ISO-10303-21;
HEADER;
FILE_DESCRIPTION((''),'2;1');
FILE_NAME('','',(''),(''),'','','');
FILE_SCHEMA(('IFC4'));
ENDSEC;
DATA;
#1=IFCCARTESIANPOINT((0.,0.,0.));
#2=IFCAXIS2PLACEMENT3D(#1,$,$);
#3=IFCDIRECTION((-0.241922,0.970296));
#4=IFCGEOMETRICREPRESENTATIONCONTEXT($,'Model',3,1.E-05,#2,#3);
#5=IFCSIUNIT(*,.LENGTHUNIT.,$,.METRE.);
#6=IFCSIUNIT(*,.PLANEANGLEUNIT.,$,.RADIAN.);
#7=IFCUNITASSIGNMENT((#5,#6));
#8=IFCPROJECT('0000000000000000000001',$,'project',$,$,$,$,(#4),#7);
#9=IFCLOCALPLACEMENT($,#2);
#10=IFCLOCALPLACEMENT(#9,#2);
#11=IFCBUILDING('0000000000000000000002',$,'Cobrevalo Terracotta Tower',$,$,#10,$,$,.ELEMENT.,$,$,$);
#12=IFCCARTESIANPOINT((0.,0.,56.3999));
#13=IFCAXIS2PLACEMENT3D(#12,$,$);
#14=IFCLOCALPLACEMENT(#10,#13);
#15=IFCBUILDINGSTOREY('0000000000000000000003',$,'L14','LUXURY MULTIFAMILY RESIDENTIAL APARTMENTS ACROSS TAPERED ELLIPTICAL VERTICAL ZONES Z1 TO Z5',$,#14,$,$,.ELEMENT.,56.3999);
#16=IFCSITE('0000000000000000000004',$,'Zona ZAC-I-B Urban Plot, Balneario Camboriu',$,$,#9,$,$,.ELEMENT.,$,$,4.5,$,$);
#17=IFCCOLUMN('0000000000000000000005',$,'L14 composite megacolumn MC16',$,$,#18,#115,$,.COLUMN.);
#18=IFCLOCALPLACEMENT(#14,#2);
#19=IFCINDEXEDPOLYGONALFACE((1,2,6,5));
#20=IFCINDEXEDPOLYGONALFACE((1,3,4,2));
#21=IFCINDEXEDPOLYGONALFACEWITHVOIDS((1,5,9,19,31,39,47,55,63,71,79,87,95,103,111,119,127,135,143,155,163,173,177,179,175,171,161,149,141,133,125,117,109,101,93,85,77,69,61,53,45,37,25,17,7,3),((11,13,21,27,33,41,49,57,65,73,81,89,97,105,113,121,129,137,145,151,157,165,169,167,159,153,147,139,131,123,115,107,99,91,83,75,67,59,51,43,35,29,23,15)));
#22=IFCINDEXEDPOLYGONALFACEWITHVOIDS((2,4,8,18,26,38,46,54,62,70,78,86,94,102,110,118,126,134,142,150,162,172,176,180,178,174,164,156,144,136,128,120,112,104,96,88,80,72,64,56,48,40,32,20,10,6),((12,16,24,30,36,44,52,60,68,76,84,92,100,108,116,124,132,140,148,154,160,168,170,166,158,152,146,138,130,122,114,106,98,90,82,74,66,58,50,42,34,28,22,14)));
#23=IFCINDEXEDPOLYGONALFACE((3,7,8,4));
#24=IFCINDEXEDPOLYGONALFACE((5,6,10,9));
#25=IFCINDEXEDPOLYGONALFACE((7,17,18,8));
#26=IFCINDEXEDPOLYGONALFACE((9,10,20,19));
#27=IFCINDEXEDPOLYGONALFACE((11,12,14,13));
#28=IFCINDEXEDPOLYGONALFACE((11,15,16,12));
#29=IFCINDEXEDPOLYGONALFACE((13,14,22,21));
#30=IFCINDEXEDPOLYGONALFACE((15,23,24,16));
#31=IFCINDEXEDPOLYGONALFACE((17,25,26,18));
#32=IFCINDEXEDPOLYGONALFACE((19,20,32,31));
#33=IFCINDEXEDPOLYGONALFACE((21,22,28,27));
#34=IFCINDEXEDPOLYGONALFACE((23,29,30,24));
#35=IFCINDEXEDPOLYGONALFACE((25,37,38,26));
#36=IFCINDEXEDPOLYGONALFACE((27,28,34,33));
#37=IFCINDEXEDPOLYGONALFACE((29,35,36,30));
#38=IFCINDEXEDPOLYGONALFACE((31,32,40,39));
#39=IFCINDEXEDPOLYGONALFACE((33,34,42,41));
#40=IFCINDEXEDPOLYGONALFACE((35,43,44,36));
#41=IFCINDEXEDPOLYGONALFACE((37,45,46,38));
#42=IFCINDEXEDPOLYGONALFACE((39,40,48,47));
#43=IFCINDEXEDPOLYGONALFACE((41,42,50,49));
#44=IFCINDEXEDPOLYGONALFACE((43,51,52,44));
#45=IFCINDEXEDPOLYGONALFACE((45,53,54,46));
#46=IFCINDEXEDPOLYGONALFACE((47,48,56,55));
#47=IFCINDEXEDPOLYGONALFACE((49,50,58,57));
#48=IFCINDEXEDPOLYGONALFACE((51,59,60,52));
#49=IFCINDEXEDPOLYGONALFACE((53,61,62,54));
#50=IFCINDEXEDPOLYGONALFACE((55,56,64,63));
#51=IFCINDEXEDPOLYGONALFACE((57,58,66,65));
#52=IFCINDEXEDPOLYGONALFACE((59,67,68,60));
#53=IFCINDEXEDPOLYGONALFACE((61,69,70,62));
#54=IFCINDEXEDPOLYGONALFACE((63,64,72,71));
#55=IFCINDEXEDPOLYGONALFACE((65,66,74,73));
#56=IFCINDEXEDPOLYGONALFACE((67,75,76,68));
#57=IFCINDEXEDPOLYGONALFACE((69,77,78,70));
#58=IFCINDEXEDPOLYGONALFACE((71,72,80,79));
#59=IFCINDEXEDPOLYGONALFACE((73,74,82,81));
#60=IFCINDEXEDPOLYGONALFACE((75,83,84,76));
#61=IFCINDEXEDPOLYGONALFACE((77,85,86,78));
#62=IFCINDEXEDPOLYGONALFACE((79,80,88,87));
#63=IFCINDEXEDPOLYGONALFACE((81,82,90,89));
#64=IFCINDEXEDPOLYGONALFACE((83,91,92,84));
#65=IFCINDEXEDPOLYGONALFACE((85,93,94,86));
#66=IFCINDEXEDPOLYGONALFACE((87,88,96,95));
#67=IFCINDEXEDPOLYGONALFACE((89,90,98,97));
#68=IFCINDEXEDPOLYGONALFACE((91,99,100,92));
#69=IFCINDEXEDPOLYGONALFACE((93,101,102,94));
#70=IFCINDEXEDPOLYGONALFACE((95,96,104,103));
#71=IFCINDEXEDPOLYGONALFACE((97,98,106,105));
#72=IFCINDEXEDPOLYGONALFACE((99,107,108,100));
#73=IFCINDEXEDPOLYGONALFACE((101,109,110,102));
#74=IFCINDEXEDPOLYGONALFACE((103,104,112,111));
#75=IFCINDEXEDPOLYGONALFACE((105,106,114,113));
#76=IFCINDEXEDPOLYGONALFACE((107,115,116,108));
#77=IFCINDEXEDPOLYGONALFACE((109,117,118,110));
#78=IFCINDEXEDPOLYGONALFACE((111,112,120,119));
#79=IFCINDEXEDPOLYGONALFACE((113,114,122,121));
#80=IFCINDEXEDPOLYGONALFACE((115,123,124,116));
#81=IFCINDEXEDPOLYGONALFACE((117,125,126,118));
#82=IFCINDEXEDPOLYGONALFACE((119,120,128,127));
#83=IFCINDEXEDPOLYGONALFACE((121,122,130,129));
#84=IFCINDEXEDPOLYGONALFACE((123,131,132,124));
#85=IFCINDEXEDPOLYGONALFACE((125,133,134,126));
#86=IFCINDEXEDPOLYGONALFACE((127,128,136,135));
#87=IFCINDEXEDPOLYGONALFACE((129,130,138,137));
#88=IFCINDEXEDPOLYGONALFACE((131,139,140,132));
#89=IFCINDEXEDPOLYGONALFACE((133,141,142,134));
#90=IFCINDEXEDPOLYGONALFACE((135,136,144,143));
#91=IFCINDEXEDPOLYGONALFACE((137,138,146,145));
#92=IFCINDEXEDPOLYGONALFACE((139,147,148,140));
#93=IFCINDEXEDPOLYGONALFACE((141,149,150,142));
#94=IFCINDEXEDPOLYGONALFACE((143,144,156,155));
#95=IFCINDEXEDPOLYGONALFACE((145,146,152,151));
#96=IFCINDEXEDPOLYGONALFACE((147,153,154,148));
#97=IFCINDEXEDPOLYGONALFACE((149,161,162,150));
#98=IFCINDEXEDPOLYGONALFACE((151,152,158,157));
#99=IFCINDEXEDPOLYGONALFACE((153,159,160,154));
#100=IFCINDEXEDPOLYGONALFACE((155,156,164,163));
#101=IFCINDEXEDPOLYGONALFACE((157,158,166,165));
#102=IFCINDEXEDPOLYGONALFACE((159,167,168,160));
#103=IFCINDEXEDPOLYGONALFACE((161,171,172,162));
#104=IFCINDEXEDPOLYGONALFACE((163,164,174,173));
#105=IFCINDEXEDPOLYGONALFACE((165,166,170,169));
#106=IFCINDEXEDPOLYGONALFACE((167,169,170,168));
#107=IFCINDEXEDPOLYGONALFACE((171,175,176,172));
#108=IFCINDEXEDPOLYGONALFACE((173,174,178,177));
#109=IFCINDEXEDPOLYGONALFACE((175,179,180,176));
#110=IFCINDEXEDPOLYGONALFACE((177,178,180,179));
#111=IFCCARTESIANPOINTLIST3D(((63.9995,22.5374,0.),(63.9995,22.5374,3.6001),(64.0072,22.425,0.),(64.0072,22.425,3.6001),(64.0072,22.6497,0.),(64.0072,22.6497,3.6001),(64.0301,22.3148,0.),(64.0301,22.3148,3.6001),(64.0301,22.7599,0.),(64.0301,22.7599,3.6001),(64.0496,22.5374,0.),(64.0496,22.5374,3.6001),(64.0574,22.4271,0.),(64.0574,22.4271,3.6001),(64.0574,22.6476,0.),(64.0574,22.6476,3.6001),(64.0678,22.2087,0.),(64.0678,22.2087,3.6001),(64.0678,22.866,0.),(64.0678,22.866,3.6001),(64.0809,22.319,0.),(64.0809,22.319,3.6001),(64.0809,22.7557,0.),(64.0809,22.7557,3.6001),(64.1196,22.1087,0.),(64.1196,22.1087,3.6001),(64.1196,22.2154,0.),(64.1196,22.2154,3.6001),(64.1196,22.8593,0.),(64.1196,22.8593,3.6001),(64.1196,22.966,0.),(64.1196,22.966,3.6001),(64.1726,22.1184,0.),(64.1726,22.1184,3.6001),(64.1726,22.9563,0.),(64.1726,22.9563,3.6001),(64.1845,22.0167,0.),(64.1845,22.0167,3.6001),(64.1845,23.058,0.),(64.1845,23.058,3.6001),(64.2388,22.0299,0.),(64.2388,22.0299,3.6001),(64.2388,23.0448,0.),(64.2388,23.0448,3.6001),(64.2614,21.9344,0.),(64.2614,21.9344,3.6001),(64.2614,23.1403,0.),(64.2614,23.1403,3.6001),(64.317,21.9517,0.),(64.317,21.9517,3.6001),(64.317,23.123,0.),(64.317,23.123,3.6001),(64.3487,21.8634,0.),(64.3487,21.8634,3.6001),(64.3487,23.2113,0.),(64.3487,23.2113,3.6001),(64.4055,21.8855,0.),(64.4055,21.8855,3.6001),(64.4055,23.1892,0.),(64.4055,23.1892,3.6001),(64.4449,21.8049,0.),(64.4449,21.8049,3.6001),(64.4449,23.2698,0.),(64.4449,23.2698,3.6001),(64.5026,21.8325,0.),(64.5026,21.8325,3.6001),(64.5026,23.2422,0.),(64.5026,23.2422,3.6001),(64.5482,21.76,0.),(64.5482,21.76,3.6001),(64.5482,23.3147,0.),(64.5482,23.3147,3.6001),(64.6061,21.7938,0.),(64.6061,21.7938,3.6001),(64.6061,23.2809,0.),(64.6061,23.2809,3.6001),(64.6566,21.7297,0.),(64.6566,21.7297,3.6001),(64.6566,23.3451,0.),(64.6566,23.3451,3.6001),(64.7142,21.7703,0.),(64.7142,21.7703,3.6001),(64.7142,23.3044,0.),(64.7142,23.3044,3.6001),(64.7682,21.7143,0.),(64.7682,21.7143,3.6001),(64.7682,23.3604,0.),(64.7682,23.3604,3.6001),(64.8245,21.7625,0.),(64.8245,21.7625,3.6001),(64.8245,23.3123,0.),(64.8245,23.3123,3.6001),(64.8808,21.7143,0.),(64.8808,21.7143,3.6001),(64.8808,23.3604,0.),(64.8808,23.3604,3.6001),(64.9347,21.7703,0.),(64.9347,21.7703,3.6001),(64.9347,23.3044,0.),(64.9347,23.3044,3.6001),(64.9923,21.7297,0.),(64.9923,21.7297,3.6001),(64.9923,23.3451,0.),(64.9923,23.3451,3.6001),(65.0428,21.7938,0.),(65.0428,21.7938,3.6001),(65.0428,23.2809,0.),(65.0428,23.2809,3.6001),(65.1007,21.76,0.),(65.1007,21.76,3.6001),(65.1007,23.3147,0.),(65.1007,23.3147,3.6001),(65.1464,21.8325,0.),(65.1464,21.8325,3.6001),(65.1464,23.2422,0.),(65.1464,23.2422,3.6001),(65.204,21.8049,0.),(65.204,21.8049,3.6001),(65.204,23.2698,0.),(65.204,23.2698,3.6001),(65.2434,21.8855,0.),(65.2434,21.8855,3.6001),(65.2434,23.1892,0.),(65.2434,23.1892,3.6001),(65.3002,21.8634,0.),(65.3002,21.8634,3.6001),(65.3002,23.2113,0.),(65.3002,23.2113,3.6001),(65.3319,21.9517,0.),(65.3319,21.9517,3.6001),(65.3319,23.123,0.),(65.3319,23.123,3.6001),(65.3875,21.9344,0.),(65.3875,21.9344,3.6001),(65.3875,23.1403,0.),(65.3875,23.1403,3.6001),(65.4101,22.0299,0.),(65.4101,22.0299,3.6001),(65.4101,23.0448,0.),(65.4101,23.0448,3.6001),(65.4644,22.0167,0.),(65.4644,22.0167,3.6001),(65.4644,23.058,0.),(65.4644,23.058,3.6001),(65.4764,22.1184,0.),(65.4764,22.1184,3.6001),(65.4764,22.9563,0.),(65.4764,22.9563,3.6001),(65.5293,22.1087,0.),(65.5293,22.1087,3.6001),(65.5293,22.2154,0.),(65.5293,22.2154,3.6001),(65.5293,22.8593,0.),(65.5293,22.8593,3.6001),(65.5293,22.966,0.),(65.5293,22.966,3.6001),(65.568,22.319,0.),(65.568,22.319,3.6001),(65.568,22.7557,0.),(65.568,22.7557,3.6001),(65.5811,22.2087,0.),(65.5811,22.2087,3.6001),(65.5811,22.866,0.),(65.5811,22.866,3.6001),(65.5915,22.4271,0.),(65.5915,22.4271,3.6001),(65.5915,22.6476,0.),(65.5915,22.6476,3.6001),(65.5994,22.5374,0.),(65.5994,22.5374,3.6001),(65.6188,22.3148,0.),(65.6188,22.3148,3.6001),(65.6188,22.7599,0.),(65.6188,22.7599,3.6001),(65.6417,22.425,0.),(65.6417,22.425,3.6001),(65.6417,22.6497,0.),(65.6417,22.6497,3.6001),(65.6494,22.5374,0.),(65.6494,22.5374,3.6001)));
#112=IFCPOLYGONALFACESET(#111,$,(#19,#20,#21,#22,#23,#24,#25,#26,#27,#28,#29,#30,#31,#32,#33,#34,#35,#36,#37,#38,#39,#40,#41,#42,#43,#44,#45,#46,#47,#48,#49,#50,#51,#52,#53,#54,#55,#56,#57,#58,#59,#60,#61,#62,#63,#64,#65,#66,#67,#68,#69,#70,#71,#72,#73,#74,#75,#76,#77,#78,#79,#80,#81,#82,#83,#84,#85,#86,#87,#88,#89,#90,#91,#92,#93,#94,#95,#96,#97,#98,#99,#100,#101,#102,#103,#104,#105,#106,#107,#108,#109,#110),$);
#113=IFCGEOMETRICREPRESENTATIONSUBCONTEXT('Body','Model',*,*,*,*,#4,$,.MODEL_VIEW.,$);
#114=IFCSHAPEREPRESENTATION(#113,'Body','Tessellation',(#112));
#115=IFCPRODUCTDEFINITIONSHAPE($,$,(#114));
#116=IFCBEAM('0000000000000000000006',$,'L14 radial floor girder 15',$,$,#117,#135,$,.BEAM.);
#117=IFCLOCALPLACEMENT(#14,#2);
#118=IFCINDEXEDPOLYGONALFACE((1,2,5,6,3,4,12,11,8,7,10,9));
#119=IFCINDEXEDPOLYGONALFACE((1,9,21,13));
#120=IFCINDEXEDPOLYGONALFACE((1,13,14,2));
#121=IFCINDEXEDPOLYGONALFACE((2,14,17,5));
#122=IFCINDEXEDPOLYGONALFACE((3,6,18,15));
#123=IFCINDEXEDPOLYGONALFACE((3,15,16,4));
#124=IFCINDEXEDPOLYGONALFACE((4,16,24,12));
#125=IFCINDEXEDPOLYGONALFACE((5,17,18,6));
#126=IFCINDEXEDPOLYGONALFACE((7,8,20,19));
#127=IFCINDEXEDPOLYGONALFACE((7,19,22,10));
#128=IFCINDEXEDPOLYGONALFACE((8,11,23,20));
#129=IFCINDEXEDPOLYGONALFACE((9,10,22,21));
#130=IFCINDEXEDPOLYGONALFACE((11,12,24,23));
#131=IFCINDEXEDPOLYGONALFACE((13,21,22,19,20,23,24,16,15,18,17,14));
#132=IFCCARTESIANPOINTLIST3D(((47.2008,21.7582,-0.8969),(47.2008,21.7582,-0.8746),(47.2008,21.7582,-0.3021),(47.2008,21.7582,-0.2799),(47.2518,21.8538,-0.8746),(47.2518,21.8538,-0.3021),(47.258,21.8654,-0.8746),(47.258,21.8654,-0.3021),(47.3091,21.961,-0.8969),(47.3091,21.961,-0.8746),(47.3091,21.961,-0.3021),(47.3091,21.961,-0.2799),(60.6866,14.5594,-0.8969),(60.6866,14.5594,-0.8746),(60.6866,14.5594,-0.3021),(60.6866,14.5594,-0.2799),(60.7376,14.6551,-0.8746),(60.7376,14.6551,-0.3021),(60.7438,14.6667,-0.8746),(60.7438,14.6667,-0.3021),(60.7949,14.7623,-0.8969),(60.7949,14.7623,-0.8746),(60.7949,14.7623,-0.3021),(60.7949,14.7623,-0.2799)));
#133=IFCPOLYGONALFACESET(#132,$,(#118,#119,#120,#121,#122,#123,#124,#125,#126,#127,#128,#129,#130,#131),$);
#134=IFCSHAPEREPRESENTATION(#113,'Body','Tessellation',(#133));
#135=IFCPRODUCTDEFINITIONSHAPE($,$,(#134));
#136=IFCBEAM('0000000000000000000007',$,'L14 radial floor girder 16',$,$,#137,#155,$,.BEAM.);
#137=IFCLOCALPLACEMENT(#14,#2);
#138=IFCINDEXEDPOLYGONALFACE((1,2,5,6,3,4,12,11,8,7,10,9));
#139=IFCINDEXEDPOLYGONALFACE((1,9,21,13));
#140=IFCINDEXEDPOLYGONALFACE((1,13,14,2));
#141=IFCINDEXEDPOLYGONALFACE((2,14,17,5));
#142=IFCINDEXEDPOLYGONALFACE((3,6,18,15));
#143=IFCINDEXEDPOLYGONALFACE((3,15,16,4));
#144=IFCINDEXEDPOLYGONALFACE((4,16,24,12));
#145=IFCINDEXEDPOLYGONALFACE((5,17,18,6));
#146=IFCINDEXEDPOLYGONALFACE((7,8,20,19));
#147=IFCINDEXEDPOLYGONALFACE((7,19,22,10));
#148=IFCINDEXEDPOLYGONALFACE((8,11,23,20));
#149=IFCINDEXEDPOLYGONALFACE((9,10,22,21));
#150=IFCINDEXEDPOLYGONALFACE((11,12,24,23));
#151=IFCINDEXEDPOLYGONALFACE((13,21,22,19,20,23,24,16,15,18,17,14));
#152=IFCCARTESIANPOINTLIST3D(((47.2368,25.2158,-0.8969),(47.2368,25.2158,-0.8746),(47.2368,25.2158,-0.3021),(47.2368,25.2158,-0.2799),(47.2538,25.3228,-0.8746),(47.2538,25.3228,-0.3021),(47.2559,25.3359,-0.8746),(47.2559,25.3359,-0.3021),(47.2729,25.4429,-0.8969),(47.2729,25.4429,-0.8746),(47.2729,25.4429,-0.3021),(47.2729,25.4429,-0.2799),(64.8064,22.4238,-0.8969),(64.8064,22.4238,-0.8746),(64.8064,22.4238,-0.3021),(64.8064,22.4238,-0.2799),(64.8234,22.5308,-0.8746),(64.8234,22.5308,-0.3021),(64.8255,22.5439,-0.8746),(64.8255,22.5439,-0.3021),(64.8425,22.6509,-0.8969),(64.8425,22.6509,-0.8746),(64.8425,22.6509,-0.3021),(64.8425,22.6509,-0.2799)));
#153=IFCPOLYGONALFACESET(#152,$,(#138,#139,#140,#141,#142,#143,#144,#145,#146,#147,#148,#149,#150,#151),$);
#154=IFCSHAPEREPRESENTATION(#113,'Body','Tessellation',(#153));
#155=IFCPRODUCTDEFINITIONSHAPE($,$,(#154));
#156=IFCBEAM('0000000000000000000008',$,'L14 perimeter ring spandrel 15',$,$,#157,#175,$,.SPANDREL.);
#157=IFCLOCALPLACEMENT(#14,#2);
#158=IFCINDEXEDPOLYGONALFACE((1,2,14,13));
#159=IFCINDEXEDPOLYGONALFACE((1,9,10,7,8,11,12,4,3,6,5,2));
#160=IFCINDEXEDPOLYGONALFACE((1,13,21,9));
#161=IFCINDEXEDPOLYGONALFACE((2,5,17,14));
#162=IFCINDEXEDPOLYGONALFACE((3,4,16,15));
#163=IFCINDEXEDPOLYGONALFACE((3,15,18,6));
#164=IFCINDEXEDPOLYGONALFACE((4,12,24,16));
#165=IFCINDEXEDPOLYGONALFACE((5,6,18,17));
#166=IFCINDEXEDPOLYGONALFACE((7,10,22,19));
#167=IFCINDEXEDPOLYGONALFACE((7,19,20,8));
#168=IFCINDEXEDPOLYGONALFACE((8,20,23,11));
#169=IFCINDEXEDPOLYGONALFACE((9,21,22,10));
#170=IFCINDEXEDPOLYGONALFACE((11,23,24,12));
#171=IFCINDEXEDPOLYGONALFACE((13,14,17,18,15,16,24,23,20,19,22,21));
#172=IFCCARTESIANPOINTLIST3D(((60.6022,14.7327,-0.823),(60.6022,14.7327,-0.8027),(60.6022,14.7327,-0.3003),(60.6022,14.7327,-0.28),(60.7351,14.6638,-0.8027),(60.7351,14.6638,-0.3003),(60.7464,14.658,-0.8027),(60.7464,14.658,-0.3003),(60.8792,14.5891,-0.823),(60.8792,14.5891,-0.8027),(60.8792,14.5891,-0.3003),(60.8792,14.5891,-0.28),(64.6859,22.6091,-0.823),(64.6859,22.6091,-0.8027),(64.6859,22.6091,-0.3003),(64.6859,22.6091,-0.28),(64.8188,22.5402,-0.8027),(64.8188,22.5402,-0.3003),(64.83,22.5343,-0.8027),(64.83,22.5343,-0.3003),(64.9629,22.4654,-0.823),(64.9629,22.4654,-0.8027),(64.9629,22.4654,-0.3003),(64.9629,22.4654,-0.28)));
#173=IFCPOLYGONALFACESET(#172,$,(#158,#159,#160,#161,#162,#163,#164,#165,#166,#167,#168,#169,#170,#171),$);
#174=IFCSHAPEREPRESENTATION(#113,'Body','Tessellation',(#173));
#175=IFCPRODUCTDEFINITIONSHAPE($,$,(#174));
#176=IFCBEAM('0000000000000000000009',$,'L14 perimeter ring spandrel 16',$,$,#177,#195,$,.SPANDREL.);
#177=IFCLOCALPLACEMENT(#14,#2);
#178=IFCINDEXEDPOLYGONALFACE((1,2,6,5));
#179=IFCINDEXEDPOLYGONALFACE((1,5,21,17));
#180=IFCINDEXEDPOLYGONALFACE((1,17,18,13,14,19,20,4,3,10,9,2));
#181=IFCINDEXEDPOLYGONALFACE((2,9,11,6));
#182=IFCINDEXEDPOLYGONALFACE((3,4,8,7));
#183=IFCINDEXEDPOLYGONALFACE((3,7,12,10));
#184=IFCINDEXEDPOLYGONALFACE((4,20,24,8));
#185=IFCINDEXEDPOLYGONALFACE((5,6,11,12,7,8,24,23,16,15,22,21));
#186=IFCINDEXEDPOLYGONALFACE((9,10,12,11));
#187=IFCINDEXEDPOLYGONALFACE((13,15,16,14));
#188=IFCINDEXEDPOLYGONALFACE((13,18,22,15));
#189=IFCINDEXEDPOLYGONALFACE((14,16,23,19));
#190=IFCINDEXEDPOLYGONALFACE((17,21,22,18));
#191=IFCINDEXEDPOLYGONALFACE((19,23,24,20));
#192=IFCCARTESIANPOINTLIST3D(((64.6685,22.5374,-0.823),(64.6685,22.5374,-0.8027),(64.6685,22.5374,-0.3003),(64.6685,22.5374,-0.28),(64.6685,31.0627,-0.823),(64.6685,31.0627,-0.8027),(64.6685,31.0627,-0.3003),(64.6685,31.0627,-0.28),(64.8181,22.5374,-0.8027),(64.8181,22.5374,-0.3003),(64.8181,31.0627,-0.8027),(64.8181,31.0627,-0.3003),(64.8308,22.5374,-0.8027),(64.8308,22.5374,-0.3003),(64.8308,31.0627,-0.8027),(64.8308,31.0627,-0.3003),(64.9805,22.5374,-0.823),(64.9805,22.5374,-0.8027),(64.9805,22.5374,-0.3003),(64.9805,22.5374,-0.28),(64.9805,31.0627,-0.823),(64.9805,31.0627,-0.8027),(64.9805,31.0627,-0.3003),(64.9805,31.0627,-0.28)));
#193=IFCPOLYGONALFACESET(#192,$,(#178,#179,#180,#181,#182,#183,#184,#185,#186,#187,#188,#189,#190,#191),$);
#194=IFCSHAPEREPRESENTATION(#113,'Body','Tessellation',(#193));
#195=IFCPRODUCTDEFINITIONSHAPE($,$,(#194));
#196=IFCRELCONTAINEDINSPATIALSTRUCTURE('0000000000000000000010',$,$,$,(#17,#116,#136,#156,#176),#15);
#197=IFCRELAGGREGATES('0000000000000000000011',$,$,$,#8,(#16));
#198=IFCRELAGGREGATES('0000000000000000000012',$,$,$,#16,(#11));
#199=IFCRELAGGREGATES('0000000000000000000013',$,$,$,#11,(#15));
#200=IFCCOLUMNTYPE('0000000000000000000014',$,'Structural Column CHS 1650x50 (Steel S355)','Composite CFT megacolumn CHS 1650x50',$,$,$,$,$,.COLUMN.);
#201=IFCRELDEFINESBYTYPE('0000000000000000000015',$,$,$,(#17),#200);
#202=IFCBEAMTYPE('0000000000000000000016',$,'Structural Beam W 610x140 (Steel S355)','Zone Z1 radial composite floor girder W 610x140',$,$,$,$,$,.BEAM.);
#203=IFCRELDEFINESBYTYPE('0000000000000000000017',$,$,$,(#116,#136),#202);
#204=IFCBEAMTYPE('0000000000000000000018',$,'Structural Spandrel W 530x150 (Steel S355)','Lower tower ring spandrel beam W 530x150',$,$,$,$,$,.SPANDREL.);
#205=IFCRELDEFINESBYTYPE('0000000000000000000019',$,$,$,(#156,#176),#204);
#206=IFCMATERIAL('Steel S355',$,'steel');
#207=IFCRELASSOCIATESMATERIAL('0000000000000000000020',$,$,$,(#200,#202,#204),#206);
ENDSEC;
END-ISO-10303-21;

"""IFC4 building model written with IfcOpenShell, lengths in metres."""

from ifc_helpers import new_model, si_unit, direction, frame, origin, origin_2d, place, context, subcontext, project, spatial, hollow_circle, i_section, extrude, material, material_profile, profile_set, type_object, element, save


model = new_model("IFC4")

# Units and contexts
model_context = context("Model", 3, precision=1e-05, world=origin(), true_north=direction((-0.241922, 0.970296)))
body_context = subcontext(model_context, "Body", "Model", "MODEL_VIEW")
ifc_project = project(units=[si_unit("LENGTHUNIT", "METRE"), si_unit("PLANEANGLEUNIT", "RADIAN")], contexts=[model_context])

# Site, building, storey
site_placement = place(None, origin())
site = spatial("IfcSite", under=ifc_project, at=site_placement, Name="Zona ZAC-I-B Urban Plot, Balneario Camboriu", CompositionType="ELEMENT", RefElevation=4.5)
building_placement = place(site_placement, origin())
building = spatial("IfcBuilding", under=site, at=building_placement, Name="Cobrevalo Terracotta Tower", CompositionType="ELEMENT")
storey_placement = place(building_placement, frame((0.0, 0.0, 56.3999)))
storey = spatial("IfcBuildingStorey", under=building, at=storey_placement, Name="L14", Description="LUXURY MULTIFAMILY RESIDENTIAL APARTMENTS ACROSS TAPERED ELLIPTICAL VERTICAL ZONES Z1 TO Z5", CompositionType="ELEMENT", Elevation=56.3999)

# Column
ifc_material_1 = material(Name="Steel S355", Category="steel")
ifc_material_profile_1 = material_profile(ifc_material_1, hollow_circle(Radius=0.825, WallThickness=0.05, at=origin_2d()), Name="CHS 1650x50")
ifc_profile_set_1 = profile_set([ifc_material_profile_1], Name="Steel S355")
column_type = type_object("IfcColumnType", Name="Structural Column CHS 1650x50 (Steel S355)", Description="Composite CFT megacolumn CHS 1650x50", PredefinedType="COLUMN", material=ifc_profile_set_1)
for number, where, z_axis, x_axis, name in (
    (1, (64.8245, 22.5374, 0.0), (0.0, 0.0, 1.0), (1.0, 0.0, 0.0), "L14 composite megacolumn MC16"),
):
    element("IfcColumn", number, at=place(storey_placement, frame(where, z_axis=z_axis, x_axis=x_axis)), inside=storey, type_object=column_type, Name=name, PredefinedType="COLUMN", context=body_context, shape_type="SweptSolid", body=[
        extrude(hollow_circle(Radius=0.825, WallThickness=0.05, at=origin_2d()), origin(), (0.0, 0.0, 1.0), 3.6001),
    ])

# Beams
ifc_material_profile_2 = material_profile(ifc_material_1, i_section(OverallWidth=0.23, OverallDepth=0.6169, WebThickness=0.0132, FlangeThickness=0.0222, at=origin_2d()), Name="W 610x140")
ifc_profile_set_2 = profile_set([ifc_material_profile_2], Name="Steel S355")
beam_type_1 = type_object("IfcBeamType", Name="Structural Beam W 610x140 (Steel S355)", Description="Zone Z1 radial composite floor girder W 610x140", PredefinedType="BEAM", material=ifc_profile_set_2)
beam_1_placement = place(storey_placement, frame((60.7407, 14.6609, -0.5884), z_axis=(-0.882182, 0.470908, 0.0), x_axis=(-0.470908, -0.882182, 0.0)))
element("IfcBeam", 2, at=beam_1_placement, inside=storey, type_object=beam_type_1, Name="L14 radial floor girder 15", PredefinedType="BEAM", context=body_context, shape_type="SweptSolid", body=[
    extrude(i_section(OverallWidth=0.23, OverallDepth=0.6169, WebThickness=0.0132, FlangeThickness=0.0222, at=origin_2d()), origin(), (0.0, 0.0, 1.0), 15.2869),
])
beam_2_placement = place(storey_placement, frame((64.8245, 22.5374, -0.5884), z_axis=(-0.987608, 0.156941, 0.0), x_axis=(-0.156941, -0.987608, 0.0)))
element("IfcBeam", 3, at=beam_2_placement, inside=storey, type_object=beam_type_1, Name="L14 radial floor girder 16", PredefinedType="BEAM", context=body_context, shape_type="SweptSolid", body=[
    extrude(i_section(OverallWidth=0.23, OverallDepth=0.6169, WebThickness=0.0132, FlangeThickness=0.0222, at=origin_2d()), origin(), (0.0, 0.0, 1.0), 17.79),
])
ifc_material_profile_3 = material_profile(ifc_material_1, i_section(OverallWidth=0.312, OverallDepth=0.543, WebThickness=0.0127, FlangeThickness=0.0203, at=origin_2d()), Name="W 530x150")
ifc_profile_set_3 = profile_set([ifc_material_profile_3], Name="Steel S355")
beam_type_2 = type_object("IfcBeamType", Name="Structural Spandrel W 530x150 (Steel S355)", Description="Lower tower ring spandrel beam W 530x150", PredefinedType="SPANDREL", material=ifc_profile_set_3)
beam_3_placement = place(storey_placement, frame((60.7407, 14.6609, -0.5515), z_axis=(0.460286, 0.887771, 0.0), x_axis=(-0.887771, 0.460286, 0.0)))
element("IfcBeam", 4, at=beam_3_placement, inside=storey, type_object=beam_type_2, Name="L14 perimeter ring spandrel 15", PredefinedType="SPANDREL", context=body_context, shape_type="SweptSolid", body=[
    extrude(i_section(OverallWidth=0.312, OverallDepth=0.543, WebThickness=0.0127, FlangeThickness=0.0203, at=origin_2d()), origin(), (0.0, 0.0, 1.0), 8.8721),
])
beam_4_placement = place(storey_placement, frame((64.8245, 22.5374, -0.5515), z_axis=(0.0, 1.0, 0.0), x_axis=(-1.0, 0.0, 0.0)))
element("IfcBeam", 5, at=beam_4_placement, inside=storey, type_object=beam_type_2, Name="L14 perimeter ring spandrel 16", PredefinedType="SPANDREL", context=body_context, shape_type="SweptSolid", body=[
    extrude(i_section(OverallWidth=0.312, OverallDepth=0.543, WebThickness=0.0127, FlangeThickness=0.0203, at=origin_2d()), origin(), (0.0, 0.0, 1.0), 8.5254),
])

save(model, "model.ifc")
